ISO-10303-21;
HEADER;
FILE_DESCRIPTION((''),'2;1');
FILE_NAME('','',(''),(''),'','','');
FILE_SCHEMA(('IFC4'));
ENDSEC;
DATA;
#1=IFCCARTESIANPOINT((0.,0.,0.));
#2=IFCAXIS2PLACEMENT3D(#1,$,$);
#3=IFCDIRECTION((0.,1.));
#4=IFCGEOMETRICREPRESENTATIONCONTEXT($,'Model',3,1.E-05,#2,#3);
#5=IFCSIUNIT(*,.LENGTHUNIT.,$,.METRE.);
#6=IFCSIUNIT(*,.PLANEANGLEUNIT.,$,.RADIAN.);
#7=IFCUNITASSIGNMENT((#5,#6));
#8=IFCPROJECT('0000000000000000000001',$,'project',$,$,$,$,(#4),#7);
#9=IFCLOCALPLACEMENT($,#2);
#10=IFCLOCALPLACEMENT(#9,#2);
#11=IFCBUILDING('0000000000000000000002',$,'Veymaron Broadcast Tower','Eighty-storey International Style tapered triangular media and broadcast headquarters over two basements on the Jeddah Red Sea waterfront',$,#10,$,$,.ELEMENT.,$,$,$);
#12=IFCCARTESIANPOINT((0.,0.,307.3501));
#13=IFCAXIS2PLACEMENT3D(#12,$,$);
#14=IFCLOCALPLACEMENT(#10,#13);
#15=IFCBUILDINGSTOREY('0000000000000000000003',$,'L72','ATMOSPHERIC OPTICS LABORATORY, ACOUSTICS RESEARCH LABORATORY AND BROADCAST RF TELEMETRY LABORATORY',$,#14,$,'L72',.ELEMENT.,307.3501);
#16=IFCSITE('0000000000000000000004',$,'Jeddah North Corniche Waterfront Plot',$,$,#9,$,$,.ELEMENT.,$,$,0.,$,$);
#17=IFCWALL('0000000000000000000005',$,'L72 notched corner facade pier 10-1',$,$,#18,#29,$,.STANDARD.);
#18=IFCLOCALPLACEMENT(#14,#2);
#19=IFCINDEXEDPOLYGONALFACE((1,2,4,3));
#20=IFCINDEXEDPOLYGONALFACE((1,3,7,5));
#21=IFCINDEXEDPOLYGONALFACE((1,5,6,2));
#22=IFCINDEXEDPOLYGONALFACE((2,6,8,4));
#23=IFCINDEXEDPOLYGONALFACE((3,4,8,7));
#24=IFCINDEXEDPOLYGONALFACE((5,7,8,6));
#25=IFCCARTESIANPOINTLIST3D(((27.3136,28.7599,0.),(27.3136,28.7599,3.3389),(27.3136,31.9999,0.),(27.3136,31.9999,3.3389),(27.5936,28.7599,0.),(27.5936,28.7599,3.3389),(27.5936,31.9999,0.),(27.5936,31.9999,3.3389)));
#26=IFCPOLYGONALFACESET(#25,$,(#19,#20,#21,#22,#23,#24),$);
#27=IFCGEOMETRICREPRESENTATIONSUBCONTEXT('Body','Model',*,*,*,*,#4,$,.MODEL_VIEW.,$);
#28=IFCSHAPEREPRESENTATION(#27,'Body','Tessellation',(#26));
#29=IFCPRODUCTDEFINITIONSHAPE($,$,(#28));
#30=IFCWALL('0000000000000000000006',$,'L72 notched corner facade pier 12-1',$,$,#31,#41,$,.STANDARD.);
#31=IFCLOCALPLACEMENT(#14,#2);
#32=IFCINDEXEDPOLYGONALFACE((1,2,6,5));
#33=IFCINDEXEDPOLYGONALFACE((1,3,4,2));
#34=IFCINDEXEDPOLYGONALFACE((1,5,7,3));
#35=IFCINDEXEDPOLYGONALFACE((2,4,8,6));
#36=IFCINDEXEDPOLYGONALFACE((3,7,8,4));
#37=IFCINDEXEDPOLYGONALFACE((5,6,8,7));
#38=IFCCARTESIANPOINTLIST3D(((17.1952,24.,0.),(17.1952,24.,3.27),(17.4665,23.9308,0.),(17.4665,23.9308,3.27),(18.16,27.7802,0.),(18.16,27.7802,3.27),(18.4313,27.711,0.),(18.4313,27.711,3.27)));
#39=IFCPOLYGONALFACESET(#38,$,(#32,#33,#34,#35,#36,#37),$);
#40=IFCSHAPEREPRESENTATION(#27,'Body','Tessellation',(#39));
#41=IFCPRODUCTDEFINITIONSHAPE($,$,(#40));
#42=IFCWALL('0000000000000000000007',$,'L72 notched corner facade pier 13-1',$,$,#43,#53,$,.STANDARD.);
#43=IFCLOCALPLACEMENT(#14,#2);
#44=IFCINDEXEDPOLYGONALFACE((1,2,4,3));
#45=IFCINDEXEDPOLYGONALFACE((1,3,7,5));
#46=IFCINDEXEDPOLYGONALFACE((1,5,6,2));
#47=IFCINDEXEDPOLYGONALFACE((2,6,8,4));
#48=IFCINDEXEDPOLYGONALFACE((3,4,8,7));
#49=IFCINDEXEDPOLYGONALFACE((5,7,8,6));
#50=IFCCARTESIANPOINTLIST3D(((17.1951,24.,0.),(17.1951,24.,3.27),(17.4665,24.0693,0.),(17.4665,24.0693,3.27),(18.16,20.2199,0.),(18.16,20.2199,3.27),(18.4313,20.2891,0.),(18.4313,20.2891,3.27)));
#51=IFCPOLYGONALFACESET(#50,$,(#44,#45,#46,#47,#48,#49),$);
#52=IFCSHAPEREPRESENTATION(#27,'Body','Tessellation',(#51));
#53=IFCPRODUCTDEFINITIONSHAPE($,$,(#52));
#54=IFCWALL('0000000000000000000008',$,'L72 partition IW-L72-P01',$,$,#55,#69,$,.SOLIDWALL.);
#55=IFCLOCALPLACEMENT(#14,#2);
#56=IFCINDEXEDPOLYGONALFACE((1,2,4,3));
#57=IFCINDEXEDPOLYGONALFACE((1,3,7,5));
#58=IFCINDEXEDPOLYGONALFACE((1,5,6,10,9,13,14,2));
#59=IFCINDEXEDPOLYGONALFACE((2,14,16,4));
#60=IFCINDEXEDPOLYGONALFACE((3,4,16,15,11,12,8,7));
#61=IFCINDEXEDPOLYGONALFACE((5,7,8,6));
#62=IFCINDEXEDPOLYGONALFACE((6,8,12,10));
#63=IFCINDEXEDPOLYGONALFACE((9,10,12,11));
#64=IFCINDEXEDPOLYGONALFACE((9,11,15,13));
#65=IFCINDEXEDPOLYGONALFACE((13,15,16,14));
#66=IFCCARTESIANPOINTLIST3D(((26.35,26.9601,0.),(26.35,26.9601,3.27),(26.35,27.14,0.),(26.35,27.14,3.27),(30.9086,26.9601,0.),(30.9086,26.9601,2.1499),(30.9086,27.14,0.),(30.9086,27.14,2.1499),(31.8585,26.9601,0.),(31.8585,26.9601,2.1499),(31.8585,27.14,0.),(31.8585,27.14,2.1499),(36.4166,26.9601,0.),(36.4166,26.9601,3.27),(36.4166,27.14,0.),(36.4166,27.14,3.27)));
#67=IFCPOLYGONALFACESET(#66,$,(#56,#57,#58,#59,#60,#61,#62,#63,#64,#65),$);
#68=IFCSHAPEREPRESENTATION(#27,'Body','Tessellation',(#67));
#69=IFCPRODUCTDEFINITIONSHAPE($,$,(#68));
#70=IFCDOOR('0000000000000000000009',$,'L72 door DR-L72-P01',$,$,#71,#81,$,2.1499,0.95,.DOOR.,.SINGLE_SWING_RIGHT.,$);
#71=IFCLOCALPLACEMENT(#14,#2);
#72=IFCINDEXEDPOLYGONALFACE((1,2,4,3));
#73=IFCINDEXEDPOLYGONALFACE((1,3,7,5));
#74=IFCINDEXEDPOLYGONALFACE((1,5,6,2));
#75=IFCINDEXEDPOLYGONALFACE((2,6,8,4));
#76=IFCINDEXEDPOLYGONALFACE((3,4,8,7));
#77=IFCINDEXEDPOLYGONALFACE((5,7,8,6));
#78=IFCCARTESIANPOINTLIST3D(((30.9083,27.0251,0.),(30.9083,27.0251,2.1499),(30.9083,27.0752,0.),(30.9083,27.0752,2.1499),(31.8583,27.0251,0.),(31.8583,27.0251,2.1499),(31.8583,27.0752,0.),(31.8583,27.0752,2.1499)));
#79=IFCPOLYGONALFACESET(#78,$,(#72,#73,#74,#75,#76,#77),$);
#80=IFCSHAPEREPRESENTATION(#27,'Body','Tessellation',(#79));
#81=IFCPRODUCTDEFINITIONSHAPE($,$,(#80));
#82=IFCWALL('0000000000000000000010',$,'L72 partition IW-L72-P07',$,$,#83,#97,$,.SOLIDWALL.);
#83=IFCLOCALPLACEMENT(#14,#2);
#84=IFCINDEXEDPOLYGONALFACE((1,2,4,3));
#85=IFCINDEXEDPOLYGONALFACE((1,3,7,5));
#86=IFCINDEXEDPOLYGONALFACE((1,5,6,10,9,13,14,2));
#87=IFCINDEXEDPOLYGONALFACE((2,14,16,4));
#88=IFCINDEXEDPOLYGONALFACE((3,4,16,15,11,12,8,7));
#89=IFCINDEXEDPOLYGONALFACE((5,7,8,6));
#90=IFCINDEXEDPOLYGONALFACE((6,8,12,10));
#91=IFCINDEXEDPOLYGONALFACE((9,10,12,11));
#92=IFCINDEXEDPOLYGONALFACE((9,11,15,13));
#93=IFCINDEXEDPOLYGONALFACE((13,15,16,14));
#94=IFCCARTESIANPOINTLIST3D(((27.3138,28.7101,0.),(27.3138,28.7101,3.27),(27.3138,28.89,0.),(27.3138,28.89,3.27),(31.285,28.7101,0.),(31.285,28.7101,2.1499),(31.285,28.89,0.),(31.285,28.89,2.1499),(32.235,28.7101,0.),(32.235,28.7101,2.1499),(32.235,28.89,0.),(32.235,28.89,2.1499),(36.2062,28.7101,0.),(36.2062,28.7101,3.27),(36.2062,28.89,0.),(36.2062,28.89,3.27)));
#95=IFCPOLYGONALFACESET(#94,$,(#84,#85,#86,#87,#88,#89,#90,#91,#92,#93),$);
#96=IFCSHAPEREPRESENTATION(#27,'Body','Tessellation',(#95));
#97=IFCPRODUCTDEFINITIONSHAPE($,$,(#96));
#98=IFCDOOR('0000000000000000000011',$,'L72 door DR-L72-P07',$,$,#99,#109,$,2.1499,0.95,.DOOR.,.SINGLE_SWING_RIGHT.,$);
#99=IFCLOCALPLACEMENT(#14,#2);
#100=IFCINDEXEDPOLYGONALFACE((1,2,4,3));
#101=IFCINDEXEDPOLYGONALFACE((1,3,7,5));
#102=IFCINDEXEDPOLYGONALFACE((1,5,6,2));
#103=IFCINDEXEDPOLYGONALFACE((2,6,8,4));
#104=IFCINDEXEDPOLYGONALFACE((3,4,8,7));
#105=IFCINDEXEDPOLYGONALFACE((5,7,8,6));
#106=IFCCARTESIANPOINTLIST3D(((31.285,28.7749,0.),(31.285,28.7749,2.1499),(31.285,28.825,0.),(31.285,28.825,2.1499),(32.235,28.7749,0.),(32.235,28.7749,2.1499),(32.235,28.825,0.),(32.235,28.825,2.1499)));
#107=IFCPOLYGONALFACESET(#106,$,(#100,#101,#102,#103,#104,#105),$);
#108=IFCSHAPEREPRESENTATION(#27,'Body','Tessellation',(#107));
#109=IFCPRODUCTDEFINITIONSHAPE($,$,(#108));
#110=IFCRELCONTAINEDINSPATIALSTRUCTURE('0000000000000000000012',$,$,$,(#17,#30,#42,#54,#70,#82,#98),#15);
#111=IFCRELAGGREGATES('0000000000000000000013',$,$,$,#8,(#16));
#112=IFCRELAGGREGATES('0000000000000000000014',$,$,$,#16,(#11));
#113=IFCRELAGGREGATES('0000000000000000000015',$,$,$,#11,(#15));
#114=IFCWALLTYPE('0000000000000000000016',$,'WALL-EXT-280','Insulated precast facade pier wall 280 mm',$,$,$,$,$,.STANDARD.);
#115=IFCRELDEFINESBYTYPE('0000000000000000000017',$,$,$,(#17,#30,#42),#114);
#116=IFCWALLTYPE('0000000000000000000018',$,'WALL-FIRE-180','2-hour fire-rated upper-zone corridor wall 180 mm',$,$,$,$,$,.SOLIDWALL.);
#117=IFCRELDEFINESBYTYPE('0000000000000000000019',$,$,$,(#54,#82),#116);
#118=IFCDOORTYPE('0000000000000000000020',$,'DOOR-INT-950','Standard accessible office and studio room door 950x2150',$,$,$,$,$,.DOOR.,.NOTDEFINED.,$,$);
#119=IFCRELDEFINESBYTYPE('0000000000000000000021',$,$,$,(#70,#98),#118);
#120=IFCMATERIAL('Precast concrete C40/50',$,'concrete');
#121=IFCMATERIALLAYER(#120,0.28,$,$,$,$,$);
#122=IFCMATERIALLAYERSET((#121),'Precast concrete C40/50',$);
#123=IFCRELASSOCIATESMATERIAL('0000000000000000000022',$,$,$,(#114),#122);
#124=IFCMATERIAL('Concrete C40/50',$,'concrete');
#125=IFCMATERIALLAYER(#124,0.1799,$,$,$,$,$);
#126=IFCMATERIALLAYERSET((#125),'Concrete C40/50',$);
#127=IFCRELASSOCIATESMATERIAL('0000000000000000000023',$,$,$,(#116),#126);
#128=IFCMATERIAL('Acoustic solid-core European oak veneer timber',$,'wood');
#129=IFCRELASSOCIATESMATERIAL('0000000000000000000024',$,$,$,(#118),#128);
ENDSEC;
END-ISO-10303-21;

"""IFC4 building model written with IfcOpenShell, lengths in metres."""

from ifc_helpers import new_model, si_unit, direction, frame, frame_2d, origin, place, context, subcontext, project, spatial, rectangle, extrude, material, layer, layer_set, type_object, element, fill, save


model = new_model("IFC4")

# Units and contexts
model_context = context("Model", 3, precision=1e-05, world=origin(), true_north=direction((0.0, 1.0)))
body_context = subcontext(model_context, "Body", "Model", "MODEL_VIEW")
ifc_project = project(units=[si_unit("LENGTHUNIT", "METRE"), si_unit("PLANEANGLEUNIT", "RADIAN")], contexts=[model_context])

# Site, building, storey
site_placement = place(None, origin())
site = spatial("IfcSite", under=ifc_project, at=site_placement, Name="Jeddah North Corniche Waterfront Plot", CompositionType="ELEMENT", RefElevation=0.0)
building_placement = place(site_placement, origin())
building = spatial("IfcBuilding", under=site, at=building_placement, Name="Veymaron Broadcast Tower", Description="Eighty-storey International Style tapered triangular media and broadcast headquarters over two basements on the Jeddah Red Sea waterfront", CompositionType="ELEMENT")
storey_placement = place(building_placement, frame((0.0, 0.0, 307.3501)))
storey = spatial("IfcBuildingStorey", under=building, at=storey_placement, Name="L72", Description="ATMOSPHERIC OPTICS LABORATORY, ACOUSTICS RESEARCH LABORATORY AND BROADCAST RF TELEMETRY LABORATORY", LongName="L72", CompositionType="ELEMENT", Elevation=307.3501)

# Walls
ifc_material_1 = material(Name="Precast concrete C40/50", Category="concrete")
ifc_layer_1 = layer(ifc_material_1, 0.28)
ifc_layer_set_1 = layer_set([ifc_layer_1], Name="Precast concrete C40/50")
wall_type_1 = type_object("IfcWallType", Name="WALL-EXT-280", Description="Insulated precast facade pier wall 280 mm", PredefinedType="STANDARD", material=ifc_layer_set_1)
wall_1_placement = place(storey_placement, frame((27.4536, 32.0, 0.0), z_axis=(0.0, 0.0, 1.0), x_axis=(0.0, -1.0, 0.0)))
element("IfcWall", 1, at=wall_1_placement, inside=storey, type_object=wall_type_1, Name="L72 notched corner facade pier 10-1", PredefinedType="STANDARD", context=body_context, shape_type="SweptSolid", body=[
    extrude(rectangle(XDim=3.24, YDim=0.28, at=frame_2d((1.6201, 0.0))), origin(), (0.0, 0.0, 1.0), 3.3389),
])
for number, where, z_axis, x_axis, name in (
    (2, (18.2957, 27.7456, 0.0), (0.0, 0.0, 1.0), (-0.247303, -0.968938, 0.0), "L72 notched corner facade pier 12-1"),
    (3, (17.3308, 24.0347, 0.0), (0.0, 0.0, 1.0), (0.247303, -0.968938, 0.0), "L72 notched corner facade pier 13-1"),
):
    element("IfcWall", number, at=place(storey_placement, frame(where, z_axis=z_axis, x_axis=x_axis)), inside=storey, type_object=wall_type_1, Name=name, PredefinedType="STANDARD", context=body_context, shape_type="SweptSolid", body=[
        extrude(rectangle(XDim=3.9014, YDim=0.28, at=frame_2d((1.9507, 0.0))), origin(), (0.0, 0.0, 1.0), 3.27),
    ])

# Walls, openings, doors
ifc_material_2 = material(Name="Concrete C40/50", Category="concrete")
ifc_layer_2 = layer(ifc_material_2, 0.1799)
ifc_layer_set_2 = layer_set([ifc_layer_2], Name="Concrete C40/50")
wall_type_2 = type_object("IfcWallType", Name="WALL-FIRE-180", Description="2-hour fire-rated upper-zone corridor wall 180 mm", PredefinedType="SOLIDWALL", material=ifc_layer_set_2)
wall_2_placement = place(storey_placement, frame((26.3501, 27.05, 0.0), z_axis=(0.0, 0.0, 1.0), x_axis=(1.0, 0.0, 0.0)))
wall_2 = element("IfcWall", 4, at=wall_2_placement, inside=storey, type_object=wall_type_2, Name="L72 partition IW-L72-P01", PredefinedType="SOLIDWALL", context=body_context, shape_type="SweptSolid", body=[
    extrude(rectangle(XDim=10.0667, YDim=0.1799, at=frame_2d((5.0332, 0.0))), origin(), (0.0, 0.0, 1.0), 3.27),
])
opening_1_placement = place(wall_2_placement, frame((4.5583, 0.0, 0.0)))
opening_1 = element("IfcOpeningElement", 5, at=opening_1_placement, cuts=wall_2, PredefinedType="OPENING", context=body_context, shape_type="SweptSolid", body=[
    extrude(rectangle(XDim=0.95, YDim=2.1499, at=frame_2d((0.4751, 1.075))), frame((0.0, 0.1001, 0.0), z_axis=(0.0, -1.0, 0.0), x_axis=(1.0, 0.0, 0.0)), (0.0, 0.0, 1.0), 0.2),
])
ifc_material_3 = material(Name="Acoustic solid-core European oak veneer timber", Category="wood")
door_type = type_object("IfcDoorType", Name="DOOR-INT-950", Description="Standard accessible office and studio room door 950x2150", OperationType="NOTDEFINED", PredefinedType="DOOR", material=ifc_material_3)
door_1_placement = place(opening_1_placement, frame((0.95, 0.0, 0.0), z_axis=(0.0, 0.0, 1.0), x_axis=(-1.0, 0.0, 0.0)))
door_1 = element("IfcDoor", 6, at=door_1_placement, inside=storey, type_object=door_type, Name="L72 door DR-L72-P01", OperationType="SINGLE_SWING_RIGHT", OverallHeight=2.1499, OverallWidth=0.95, PredefinedType="DOOR", context=body_context, shape_type="SweptSolid", body=[
    extrude(rectangle(XDim=0.95, YDim=2.1499, at=frame_2d((0.4751, 1.075))), frame((0.0, 0.0249, 0.0), z_axis=(0.0, -1.0, 0.0), x_axis=(1.0, 0.0, 0.0)), (0.0, 0.0, 1.0), 0.05),
])
fill(opening_1, door_1)
wall_3_placement = place(storey_placement, frame((27.3137, 28.8, 0.0), z_axis=(0.0, 0.0, 1.0), x_axis=(1.0, 0.0, 0.0)))
wall_3 = element("IfcWall", 7, at=wall_3_placement, inside=storey, type_object=wall_type_2, Name="L72 partition IW-L72-P07", PredefinedType="SOLIDWALL", context=body_context, shape_type="SweptSolid", body=[
    extrude(rectangle(XDim=8.8923, YDim=0.1799, at=frame_2d((4.4463, 0.0))), origin(), (0.0, 0.0, 1.0), 3.27),
])
opening_2_placement = place(wall_3_placement, frame((3.9712, 0.0, 0.0)))
opening_2 = element("IfcOpeningElement", 8, at=opening_2_placement, cuts=wall_3, PredefinedType="OPENING", context=body_context, shape_type="SweptSolid", body=[
    extrude(rectangle(XDim=0.95, YDim=2.1499, at=frame_2d((0.4751, 1.075))), frame((0.0, 0.1001, 0.0), z_axis=(0.0, -1.0, 0.0), x_axis=(1.0, 0.0, 0.0)), (0.0, 0.0, 1.0), 0.2),
])
door_2_placement = place(opening_2_placement, origin())
door_2 = element("IfcDoor", 9, at=door_2_placement, inside=storey, type_object=door_type, Name="L72 door DR-L72-P07", OperationType="SINGLE_SWING_RIGHT", OverallHeight=2.1499, OverallWidth=0.95, PredefinedType="DOOR", context=body_context, shape_type="SweptSolid", body=[
    extrude(rectangle(XDim=0.95, YDim=2.1499, at=frame_2d((0.4751, 1.075))), frame((0.0, 0.0249, 0.0), z_axis=(0.0, -1.0, 0.0), x_axis=(1.0, 0.0, 0.0)), (0.0, 0.0, 1.0), 0.05),
])
fill(opening_2, door_2)

save(model, "model.ifc")
